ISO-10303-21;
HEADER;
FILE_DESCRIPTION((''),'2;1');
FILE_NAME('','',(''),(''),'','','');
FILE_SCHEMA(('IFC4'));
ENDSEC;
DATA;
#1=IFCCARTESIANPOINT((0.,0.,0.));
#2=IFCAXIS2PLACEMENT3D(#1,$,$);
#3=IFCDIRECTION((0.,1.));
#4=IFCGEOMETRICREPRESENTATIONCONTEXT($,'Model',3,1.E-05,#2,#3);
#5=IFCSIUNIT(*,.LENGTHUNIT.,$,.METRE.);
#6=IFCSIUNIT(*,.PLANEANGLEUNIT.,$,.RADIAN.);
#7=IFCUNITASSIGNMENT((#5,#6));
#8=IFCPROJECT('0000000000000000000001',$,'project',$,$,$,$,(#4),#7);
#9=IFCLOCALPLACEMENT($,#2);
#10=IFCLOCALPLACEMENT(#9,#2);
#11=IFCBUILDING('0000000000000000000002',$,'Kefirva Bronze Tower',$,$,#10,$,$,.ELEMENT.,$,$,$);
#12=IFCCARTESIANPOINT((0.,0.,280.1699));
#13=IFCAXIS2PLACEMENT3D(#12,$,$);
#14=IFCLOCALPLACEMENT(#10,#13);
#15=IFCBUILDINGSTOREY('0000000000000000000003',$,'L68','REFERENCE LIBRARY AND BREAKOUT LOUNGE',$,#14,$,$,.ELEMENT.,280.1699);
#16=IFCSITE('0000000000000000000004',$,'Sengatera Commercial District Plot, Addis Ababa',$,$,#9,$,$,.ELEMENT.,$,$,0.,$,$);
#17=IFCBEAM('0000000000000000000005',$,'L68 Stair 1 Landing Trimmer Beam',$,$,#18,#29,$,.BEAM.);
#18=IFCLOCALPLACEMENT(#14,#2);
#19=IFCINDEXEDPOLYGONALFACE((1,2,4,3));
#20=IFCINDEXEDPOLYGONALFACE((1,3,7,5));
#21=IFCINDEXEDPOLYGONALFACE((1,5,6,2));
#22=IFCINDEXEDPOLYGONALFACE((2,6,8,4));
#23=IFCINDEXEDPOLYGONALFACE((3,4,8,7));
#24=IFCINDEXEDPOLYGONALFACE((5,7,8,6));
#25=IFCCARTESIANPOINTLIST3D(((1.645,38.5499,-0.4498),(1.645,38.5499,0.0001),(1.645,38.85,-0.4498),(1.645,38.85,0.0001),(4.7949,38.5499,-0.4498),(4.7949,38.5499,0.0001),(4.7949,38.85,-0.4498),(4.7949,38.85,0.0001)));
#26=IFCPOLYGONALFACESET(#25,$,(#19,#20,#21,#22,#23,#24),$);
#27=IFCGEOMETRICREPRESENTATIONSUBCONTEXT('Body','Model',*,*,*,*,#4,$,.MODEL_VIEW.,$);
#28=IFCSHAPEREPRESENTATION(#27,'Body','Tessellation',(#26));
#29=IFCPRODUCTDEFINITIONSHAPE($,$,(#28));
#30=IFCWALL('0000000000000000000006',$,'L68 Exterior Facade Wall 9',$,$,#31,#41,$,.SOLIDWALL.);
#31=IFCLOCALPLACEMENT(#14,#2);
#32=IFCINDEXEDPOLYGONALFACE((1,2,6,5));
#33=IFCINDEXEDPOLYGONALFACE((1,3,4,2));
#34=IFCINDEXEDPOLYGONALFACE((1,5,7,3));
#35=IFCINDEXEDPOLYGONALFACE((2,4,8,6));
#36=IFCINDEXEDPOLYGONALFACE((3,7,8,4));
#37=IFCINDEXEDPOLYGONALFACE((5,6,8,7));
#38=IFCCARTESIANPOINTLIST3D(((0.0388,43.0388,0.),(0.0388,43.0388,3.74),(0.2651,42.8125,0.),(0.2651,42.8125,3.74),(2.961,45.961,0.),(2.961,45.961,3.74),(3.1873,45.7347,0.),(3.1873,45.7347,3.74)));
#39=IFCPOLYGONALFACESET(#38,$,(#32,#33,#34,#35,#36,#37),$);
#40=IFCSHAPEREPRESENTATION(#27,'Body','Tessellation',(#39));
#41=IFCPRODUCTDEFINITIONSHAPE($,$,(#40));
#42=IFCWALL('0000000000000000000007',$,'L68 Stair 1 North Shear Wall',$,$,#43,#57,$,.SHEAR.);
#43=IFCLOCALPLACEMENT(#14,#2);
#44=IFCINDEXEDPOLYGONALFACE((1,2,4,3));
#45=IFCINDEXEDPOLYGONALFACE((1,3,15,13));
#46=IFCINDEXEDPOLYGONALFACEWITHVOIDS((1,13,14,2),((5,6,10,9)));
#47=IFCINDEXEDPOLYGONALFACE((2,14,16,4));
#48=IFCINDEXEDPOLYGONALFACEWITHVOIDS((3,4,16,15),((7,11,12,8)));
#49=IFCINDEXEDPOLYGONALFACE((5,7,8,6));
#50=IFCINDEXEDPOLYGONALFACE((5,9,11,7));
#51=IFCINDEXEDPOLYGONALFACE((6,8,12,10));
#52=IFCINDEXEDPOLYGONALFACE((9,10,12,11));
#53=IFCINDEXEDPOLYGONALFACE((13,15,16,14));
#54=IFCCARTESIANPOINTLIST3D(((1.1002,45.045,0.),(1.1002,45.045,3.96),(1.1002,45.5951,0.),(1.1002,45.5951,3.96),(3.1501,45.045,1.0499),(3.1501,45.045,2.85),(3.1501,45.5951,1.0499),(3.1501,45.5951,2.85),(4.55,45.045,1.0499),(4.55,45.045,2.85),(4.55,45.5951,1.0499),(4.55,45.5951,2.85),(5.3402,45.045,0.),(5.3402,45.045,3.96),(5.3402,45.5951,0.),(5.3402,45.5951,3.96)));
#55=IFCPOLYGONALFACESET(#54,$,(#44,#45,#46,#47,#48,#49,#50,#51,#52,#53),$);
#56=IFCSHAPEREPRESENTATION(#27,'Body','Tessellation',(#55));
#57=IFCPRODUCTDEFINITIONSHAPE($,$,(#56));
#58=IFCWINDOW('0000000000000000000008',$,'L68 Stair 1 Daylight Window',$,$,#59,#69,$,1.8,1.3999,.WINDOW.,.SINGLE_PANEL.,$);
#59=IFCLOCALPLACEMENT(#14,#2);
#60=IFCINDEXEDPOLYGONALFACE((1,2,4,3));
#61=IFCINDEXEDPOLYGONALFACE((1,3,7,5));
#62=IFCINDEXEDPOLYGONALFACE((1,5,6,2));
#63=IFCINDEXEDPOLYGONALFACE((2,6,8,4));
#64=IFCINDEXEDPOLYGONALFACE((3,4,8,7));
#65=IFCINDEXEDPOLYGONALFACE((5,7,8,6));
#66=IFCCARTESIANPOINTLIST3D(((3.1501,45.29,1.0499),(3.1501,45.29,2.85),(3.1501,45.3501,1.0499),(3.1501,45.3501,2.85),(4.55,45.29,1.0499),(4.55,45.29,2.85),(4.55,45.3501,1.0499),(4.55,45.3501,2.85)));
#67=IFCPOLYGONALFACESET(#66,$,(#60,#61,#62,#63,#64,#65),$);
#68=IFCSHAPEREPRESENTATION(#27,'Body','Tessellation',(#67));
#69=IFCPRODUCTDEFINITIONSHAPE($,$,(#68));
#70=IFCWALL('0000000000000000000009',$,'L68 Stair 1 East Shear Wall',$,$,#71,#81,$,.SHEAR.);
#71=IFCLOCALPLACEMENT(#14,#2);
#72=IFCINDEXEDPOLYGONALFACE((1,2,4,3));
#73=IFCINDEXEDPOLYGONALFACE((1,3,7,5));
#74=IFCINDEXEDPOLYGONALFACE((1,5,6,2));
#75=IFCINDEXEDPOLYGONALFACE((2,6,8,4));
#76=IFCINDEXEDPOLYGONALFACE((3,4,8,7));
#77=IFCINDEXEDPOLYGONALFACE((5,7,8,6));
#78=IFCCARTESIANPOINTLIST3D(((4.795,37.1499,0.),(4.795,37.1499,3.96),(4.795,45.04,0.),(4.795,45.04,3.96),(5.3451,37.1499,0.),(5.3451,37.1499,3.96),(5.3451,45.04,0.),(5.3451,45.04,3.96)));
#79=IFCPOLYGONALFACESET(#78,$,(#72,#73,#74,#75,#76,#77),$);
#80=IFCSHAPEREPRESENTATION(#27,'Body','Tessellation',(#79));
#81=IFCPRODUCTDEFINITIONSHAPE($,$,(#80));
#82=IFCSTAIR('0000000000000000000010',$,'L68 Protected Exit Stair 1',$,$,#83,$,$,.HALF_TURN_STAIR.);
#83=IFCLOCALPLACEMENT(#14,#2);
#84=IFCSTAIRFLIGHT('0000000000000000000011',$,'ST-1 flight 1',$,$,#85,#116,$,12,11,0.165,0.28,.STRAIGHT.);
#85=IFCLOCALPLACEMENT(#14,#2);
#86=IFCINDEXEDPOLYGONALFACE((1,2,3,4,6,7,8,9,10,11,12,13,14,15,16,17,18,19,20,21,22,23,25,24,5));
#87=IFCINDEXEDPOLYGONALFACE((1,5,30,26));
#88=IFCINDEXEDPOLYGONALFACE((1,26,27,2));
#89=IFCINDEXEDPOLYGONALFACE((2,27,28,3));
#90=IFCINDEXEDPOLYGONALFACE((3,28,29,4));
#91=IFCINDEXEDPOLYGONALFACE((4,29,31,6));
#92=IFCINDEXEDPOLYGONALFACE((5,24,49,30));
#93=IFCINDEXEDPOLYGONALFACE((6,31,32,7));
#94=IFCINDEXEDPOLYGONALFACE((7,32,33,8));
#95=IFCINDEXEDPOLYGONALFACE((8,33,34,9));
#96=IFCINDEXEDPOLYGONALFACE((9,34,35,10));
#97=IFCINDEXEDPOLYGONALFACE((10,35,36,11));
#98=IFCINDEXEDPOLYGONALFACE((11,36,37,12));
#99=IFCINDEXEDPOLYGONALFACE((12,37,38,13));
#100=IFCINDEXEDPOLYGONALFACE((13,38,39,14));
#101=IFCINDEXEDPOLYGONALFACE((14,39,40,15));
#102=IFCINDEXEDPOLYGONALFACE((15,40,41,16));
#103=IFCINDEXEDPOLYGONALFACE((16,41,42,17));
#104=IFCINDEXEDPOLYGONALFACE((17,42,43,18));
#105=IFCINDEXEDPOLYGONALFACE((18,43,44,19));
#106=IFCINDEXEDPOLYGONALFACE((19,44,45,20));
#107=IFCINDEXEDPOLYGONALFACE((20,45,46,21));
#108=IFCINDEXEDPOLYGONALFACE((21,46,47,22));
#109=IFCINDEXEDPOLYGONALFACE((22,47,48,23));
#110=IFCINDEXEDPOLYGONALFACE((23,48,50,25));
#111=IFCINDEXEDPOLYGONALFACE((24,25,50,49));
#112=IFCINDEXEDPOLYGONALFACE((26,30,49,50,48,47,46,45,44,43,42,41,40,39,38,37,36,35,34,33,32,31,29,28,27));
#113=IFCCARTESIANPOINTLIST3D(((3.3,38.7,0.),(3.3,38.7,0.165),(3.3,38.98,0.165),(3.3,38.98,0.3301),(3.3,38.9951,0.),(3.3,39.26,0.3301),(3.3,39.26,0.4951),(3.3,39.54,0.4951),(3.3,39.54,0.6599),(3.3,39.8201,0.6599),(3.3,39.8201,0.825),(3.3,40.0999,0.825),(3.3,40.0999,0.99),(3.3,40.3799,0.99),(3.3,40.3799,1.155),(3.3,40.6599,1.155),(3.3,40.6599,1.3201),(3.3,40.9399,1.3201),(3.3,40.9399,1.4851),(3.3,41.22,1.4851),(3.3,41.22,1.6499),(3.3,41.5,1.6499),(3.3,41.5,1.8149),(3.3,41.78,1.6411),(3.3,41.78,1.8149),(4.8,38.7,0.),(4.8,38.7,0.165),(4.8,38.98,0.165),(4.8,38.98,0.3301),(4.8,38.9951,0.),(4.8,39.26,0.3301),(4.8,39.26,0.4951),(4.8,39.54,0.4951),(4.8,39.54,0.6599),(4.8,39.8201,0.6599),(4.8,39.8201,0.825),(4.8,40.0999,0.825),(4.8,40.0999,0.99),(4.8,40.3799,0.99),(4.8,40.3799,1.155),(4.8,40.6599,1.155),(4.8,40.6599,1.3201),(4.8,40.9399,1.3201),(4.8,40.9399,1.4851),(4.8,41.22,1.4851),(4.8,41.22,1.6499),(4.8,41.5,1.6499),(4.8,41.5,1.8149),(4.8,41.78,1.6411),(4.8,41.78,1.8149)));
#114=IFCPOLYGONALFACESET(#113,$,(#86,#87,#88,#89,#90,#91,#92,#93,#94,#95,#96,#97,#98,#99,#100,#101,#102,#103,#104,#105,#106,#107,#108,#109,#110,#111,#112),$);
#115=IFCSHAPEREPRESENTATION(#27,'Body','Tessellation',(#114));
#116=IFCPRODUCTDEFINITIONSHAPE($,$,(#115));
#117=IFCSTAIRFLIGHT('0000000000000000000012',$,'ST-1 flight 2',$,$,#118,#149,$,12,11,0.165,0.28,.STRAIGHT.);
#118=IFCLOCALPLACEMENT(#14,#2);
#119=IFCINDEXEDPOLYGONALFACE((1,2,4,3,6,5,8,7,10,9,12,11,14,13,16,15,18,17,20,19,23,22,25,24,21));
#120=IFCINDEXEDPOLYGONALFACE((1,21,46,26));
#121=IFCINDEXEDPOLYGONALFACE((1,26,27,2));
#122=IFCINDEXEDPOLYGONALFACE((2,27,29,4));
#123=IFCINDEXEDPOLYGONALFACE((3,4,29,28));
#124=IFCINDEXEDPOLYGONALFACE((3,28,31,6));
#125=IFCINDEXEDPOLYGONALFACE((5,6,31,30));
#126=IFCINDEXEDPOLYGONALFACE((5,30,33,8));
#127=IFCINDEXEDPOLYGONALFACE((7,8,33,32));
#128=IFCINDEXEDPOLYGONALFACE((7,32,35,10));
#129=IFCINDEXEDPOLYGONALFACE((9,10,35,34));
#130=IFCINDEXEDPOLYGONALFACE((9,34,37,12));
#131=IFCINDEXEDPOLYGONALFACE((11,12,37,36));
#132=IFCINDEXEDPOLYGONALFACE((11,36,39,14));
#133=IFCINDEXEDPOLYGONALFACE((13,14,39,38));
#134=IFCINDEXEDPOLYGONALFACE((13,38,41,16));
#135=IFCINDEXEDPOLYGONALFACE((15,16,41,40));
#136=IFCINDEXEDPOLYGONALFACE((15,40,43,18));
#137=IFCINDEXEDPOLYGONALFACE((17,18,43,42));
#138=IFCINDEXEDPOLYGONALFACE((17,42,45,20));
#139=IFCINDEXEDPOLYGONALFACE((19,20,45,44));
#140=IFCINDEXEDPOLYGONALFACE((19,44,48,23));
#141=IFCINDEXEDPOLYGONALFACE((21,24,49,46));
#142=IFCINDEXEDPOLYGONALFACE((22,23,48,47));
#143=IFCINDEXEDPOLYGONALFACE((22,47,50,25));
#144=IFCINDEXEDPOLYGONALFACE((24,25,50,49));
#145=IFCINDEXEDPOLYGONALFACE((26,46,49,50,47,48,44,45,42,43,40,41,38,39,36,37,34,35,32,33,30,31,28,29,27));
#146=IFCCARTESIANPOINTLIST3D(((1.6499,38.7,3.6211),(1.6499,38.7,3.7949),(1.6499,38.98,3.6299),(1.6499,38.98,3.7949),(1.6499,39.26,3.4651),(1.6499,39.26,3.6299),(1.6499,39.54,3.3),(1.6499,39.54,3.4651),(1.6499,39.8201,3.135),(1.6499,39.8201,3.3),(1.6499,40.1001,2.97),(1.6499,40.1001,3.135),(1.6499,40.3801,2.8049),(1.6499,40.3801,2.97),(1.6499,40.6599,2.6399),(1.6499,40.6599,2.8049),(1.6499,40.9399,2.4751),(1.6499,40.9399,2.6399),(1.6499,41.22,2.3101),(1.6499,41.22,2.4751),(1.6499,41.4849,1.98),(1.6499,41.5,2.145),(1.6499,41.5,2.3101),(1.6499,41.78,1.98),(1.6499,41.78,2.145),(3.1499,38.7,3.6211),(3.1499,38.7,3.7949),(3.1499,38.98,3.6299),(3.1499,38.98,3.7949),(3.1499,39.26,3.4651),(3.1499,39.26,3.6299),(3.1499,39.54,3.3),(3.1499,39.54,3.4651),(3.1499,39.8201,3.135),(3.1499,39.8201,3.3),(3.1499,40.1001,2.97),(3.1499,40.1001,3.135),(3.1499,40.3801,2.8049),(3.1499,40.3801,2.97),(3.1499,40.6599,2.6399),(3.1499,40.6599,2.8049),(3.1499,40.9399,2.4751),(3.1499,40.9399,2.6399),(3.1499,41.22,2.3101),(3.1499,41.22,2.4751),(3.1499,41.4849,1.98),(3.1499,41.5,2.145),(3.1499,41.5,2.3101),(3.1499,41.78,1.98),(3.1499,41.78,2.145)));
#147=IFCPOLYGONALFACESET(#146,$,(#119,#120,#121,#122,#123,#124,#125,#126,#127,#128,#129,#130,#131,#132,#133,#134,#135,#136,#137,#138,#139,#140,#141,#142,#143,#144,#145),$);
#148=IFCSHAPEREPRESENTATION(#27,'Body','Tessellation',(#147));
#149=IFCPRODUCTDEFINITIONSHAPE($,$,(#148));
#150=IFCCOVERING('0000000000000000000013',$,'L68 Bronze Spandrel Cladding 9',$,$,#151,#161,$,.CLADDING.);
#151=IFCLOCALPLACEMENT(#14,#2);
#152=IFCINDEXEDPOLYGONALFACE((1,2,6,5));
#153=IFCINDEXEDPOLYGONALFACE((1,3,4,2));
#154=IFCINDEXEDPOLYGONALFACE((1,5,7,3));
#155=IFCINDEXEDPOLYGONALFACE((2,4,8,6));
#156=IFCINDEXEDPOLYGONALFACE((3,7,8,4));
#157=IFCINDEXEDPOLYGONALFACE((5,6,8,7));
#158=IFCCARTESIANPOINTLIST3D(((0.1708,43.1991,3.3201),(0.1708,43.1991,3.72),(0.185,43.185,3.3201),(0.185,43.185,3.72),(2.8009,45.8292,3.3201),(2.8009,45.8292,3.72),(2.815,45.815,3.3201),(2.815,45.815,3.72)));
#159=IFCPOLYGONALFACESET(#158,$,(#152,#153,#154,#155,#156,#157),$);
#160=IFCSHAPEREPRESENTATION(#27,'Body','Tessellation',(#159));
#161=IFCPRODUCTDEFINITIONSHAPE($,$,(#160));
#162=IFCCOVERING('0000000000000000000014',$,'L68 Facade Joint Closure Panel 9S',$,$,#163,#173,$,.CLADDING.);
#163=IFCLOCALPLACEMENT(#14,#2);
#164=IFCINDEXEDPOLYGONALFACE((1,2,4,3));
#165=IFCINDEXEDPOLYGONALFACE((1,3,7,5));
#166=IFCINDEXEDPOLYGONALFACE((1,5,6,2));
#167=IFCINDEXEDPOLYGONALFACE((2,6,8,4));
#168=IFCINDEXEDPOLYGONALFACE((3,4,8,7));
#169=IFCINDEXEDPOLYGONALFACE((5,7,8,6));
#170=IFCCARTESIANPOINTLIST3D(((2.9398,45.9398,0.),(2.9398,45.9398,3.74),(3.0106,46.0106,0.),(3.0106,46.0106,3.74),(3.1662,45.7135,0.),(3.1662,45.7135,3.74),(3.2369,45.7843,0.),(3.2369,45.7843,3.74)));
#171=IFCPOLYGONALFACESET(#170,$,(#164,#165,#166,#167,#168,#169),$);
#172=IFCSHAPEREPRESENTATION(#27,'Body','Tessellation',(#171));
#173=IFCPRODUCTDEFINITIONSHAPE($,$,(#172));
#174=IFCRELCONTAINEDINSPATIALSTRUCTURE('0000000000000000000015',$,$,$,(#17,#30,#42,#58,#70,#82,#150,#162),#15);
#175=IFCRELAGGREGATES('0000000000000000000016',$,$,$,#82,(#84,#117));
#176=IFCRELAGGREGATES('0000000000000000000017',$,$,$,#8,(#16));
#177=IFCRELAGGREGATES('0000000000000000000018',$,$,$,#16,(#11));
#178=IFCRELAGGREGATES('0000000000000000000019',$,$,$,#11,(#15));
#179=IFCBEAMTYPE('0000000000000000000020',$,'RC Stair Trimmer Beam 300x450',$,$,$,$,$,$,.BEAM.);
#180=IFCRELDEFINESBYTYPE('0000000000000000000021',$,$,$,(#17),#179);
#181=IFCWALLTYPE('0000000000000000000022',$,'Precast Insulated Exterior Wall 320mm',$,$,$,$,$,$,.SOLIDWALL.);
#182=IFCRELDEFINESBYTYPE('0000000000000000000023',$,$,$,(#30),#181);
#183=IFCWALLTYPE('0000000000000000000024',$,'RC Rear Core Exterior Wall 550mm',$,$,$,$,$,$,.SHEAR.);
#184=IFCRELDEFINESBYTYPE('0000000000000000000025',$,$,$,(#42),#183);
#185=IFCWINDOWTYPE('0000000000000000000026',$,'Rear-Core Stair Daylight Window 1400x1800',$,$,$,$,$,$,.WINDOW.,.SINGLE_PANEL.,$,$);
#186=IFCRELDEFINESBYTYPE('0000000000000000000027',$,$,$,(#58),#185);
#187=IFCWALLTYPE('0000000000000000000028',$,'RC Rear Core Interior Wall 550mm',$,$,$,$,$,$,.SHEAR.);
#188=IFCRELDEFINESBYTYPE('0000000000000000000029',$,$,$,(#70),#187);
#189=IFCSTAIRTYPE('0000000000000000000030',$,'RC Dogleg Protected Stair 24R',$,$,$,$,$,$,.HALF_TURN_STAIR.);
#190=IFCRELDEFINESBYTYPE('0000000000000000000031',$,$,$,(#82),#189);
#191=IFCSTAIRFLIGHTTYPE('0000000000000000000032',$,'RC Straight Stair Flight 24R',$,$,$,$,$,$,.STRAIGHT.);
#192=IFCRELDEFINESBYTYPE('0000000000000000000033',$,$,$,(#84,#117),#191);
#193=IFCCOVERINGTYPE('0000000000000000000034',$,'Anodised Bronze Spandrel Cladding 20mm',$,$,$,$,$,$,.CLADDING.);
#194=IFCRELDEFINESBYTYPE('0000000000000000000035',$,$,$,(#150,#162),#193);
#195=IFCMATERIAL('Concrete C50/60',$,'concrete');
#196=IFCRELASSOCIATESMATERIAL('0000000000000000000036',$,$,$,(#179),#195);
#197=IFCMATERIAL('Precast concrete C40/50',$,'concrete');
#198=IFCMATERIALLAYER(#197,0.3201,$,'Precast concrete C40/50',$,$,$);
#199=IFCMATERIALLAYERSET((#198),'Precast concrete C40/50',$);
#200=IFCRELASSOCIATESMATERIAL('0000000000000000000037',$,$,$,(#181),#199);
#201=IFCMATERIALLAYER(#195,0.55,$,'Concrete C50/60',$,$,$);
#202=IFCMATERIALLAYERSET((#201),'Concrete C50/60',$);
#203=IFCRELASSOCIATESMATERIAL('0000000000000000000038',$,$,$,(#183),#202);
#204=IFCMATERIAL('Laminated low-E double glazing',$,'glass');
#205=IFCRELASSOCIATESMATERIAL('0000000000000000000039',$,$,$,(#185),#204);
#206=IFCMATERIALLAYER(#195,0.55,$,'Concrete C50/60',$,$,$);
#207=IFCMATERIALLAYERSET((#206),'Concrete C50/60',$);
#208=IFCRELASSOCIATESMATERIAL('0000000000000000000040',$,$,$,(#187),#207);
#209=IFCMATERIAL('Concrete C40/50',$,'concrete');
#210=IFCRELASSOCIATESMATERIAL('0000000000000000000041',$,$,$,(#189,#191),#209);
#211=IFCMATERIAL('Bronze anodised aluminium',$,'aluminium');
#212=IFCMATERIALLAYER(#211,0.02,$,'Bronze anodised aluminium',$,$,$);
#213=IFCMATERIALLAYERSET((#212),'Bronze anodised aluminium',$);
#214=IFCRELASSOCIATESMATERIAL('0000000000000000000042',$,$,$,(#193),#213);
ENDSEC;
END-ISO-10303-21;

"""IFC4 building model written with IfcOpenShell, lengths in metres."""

from ifc_helpers import new_model, si_unit, direction, frame, frame_2d, origin, origin_2d, place, context, subcontext, project, spatial, polyline, rectangle, outline, extrude, material, layer, layer_set, material_profile, profile_set, type_object, element, fill, aggregate, save


model = new_model("IFC4")

# Units and contexts
model_context = context("Model", 3, precision=1e-05, world=origin(), true_north=direction((0.0, 1.0)))
body_context = subcontext(model_context, "Body", "Model", "MODEL_VIEW")
ifc_project = project(units=[si_unit("LENGTHUNIT", "METRE"), si_unit("PLANEANGLEUNIT", "RADIAN")], contexts=[model_context])

# Site, building, storey
site_placement = place(None, origin())
site = spatial("IfcSite", under=ifc_project, at=site_placement, Name="Sengatera Commercial District Plot, Addis Ababa", CompositionType="ELEMENT", RefElevation=0.0)
building_placement = place(site_placement, origin())
building = spatial("IfcBuilding", under=site, at=building_placement, Name="Kefirva Bronze Tower", CompositionType="ELEMENT")
storey_placement = place(building_placement, frame((0.0, 0.0, 280.1699)))
storey = spatial("IfcBuildingStorey", under=building, at=storey_placement, Name="L68", Description="REFERENCE LIBRARY AND BREAKOUT LOUNGE", CompositionType="ELEMENT", Elevation=280.1699)

# Beam
ifc_material_1 = material(Name="Concrete C50/60", Category="concrete")
ifc_material_profile = material_profile(ifc_material_1, rectangle(XDim=0.3, YDim=0.45, at=origin_2d()), Name="RC 300x450")
ifc_profile_set = profile_set([ifc_material_profile], Name="Concrete C50/60")
beam_type = type_object("IfcBeamType", Name="RC Stair Trimmer Beam 300x450", PredefinedType="BEAM", material=ifc_profile_set)
beam_placement = place(storey_placement, frame((1.645, 38.7, -0.2249), z_axis=(1.0, 0.0, 0.0), x_axis=(0.0, 1.0, 0.0)))
element("IfcBeam", 1, at=beam_placement, inside=storey, type_object=beam_type, Name="L68 Stair 1 Landing Trimmer Beam", PredefinedType="BEAM", context=body_context, shape_type="SweptSolid", body=[
    extrude(rectangle(XDim=0.3, YDim=0.45, at=origin_2d()), origin(), (0.0, 0.0, 1.0), 3.1499),
])

# Wall
ifc_material_2 = material(Name="Precast concrete C40/50", Category="concrete")
ifc_layer_1 = layer(ifc_material_2, 0.3201, Name="Precast concrete C40/50")
ifc_layer_set_1 = layer_set([ifc_layer_1], Name="Precast concrete C40/50")
wall_type_1 = type_object("IfcWallType", Name="Precast Insulated Exterior Wall 320mm", PredefinedType="SOLIDWALL", material=ifc_layer_set_1)
wall_1_placement = place(storey_placement, frame((3.0742, 45.8479, 0.0), z_axis=(0.0, 0.0, 1.0), x_axis=(-0.707107, -0.707107, 0.0)))
element("IfcWall", 2, at=wall_1_placement, inside=storey, type_object=wall_type_1, Name="L68 Exterior Facade Wall 9", PredefinedType="SOLIDWALL", context=body_context, shape_type="SweptSolid", body=[
    extrude(rectangle(XDim=4.1326, YDim=0.3201, at=frame_2d((2.0664, 0.0))), origin(), (0.0, 0.0, 1.0), 3.74),
])

# Wall, opening, window
ifc_layer_2 = layer(ifc_material_1, 0.55, Name="Concrete C50/60")
ifc_layer_set_2 = layer_set([ifc_layer_2], Name="Concrete C50/60")
wall_type_2 = type_object("IfcWallType", Name="RC Rear Core Exterior Wall 550mm", PredefinedType="SHEAR", material=ifc_layer_set_2)
wall_2_placement = place(storey_placement, frame((1.1001, 45.3201, 0.0), z_axis=(0.0, 0.0, 1.0), x_axis=(1.0, 0.0, 0.0)))
wall_2 = element("IfcWall", 3, at=wall_2_placement, inside=storey, type_object=wall_type_2, Name="L68 Stair 1 North Shear Wall", PredefinedType="SHEAR", context=body_context, shape_type="SweptSolid", body=[
    extrude(rectangle(XDim=4.24, YDim=0.55, at=frame_2d((2.1201, 0.0))), origin(), (0.0, 0.0, 1.0), 3.96),
])
opening_1_placement = place(wall_2_placement, frame((2.05, 0.0, 1.05)))
opening_1 = element("IfcOpeningElement", 4, at=opening_1_placement, cuts=wall_2, PredefinedType="OPENING", context=body_context, shape_type="SweptSolid", body=[
    extrude(rectangle(XDim=1.3999, YDim=1.8, at=frame_2d((0.7, 0.8999))), frame((0.0, 0.2852, 0.0), z_axis=(0.0, -1.0, 0.0), x_axis=(1.0, 0.0, 0.0)), (0.0, 0.0, 1.0), 0.5701),
])
ifc_material_3 = material(Name="Laminated low-E double glazing", Category="glass")
window_type = type_object("IfcWindowType", Name="Rear-Core Stair Daylight Window 1400x1800", PartitioningType="SINGLE_PANEL", PredefinedType="WINDOW", material=ifc_material_3)
window_placement = place(opening_1_placement, origin())
window = element("IfcWindow", 5, at=window_placement, inside=storey, type_object=window_type, Name="L68 Stair 1 Daylight Window", OverallHeight=1.8, OverallWidth=1.3999, PartitioningType="SINGLE_PANEL", PredefinedType="WINDOW", context=body_context, shape_type="SweptSolid", body=[
    extrude(rectangle(XDim=1.3999, YDim=1.8, at=frame_2d((0.7, 0.8999))), frame((0.0, 0.03, 0.0), z_axis=(0.0, -1.0, 0.0), x_axis=(1.0, 0.0, 0.0)), (0.0, 0.0, 1.0), 0.0601),
])
fill(opening_1, window)

# Wall
ifc_layer_3 = layer(ifc_material_1, 0.55, Name="Concrete C50/60")
ifc_layer_set_3 = layer_set([ifc_layer_3], Name="Concrete C50/60")
wall_type_3 = type_object("IfcWallType", Name="RC Rear Core Interior Wall 550mm", PredefinedType="SHEAR", material=ifc_layer_set_3)
wall_3_placement = place(storey_placement, frame((5.0701, 37.1499, 0.0), z_axis=(0.0, 0.0, 1.0), x_axis=(0.0, 1.0, 0.0)))
element("IfcWall", 6, at=wall_3_placement, inside=storey, type_object=wall_type_3, Name="L68 Stair 1 East Shear Wall", PredefinedType="SHEAR", context=body_context, shape_type="SweptSolid", body=[
    extrude(rectangle(XDim=7.8901, YDim=0.55, at=frame_2d((3.9451, 0.0))), origin(), (0.0, 0.0, 1.0), 3.96),
])

# Stair, stair flights
ifc_material_4 = material(Name="Concrete C40/50", Category="concrete")
stair_type = type_object("IfcStairType", Name="RC Dogleg Protected Stair 24R", PredefinedType="HALF_TURN_STAIR", material=ifc_material_4)
stair_placement = place(storey_placement, origin())
stair = element("IfcStair", 7, at=stair_placement, inside=storey, type_object=stair_type, Name="L68 Protected Exit Stair 1", PredefinedType="HALF_TURN_STAIR")
stair_flight_type = type_object("IfcStairFlightType", Name="RC Straight Stair Flight 24R", PredefinedType="STRAIGHT", material=ifc_material_4)
stair_flight_1_placement = place(storey_placement, frame((4.05, 38.7, 0.0), z_axis=(0.0, 0.0, 1.0), x_axis=(0.0, 1.0, 0.0)))
stair_flight_1 = element("IfcStairFlight", 8, at=stair_flight_1_placement, type_object=stair_flight_type, Name="ST-1 flight 1", NumberOfRisers=12, NumberOfTreads=11, PredefinedType="STRAIGHT", RiserHeight=0.165, TreadLength=0.28, context=body_context, shape_type="SweptSolid", body=[
    extrude(outline(polyline([(0.0, 0.0), (0.0, 0.165), (0.28, 0.165), (0.28, 0.3301), (0.5601, 0.3301), (0.5601, 0.4951), (0.8401, 0.4951), (0.8401, 0.6599), (1.1201, 0.6599), (1.1201, 0.825), (1.3999, 0.825), (1.3999, 0.99), (1.6799, 0.99), (1.6799, 1.155), (1.96, 1.155), (1.96, 1.3201), (2.24, 1.3201), (2.24, 1.4851), (2.52, 1.4851), (2.52, 1.6499), (2.8, 1.6499), (2.8, 1.8149), (3.0801, 1.8149), (3.0801, 1.98), (3.0801, 1.6411), (0.2952, 0.0), (0.0, 0.0)])), frame((0.0, 0.75, 0.0), z_axis=(0.0, -1.0, 0.0), x_axis=(1.0, 0.0, 0.0)), (0.0, 0.0, 1.0), 1.5),
])
stair_flight_2_placement = place(storey_placement, frame((2.3999, 41.78, 1.98), z_axis=(0.0, 0.0, 1.0), x_axis=(0.0, -1.0, 0.0)))
stair_flight_2 = element("IfcStairFlight", 9, at=stair_flight_2_placement, type_object=stair_flight_type, Name="ST-1 flight 2", NumberOfRisers=12, NumberOfTreads=11, PredefinedType="STRAIGHT", RiserHeight=0.165, TreadLength=0.28, context=body_context, shape_type="SweptSolid", body=[
    extrude(outline(polyline([(0.0, 0.0), (0.0, 0.165), (0.28, 0.165), (0.28, 0.3301), (0.5601, 0.3301), (0.5601, 0.4951), (0.8401, 0.4951), (0.8401, 0.6599), (1.1201, 0.6599), (1.1201, 0.825), (1.3999, 0.825), (1.3999, 0.99), (1.6799, 0.99), (1.6799, 1.155), (1.96, 1.155), (1.96, 1.3201), (2.24, 1.3201), (2.24, 1.4851), (2.52, 1.4851), (2.52, 1.6499), (2.8, 1.6499), (2.8, 1.8149), (3.0801, 1.8149), (3.0801, 1.98), (3.0801, 1.6411), (0.2952, 0.0), (0.0, 0.0)])), frame((0.0, 0.75, 0.0), z_axis=(0.0, -1.0, 0.0), x_axis=(1.0, 0.0, 0.0)), (0.0, 0.0, 1.0), 1.5),
])
aggregate(stair, [stair_flight_1, stair_flight_2])

# Coverings
ifc_material_5 = material(Name="Bronze anodised aluminium", Category="aluminium")
ifc_layer_4 = layer(ifc_material_5, 0.02, Name="Bronze anodised aluminium")
ifc_layer_set_4 = layer_set([ifc_layer_4], Name="Bronze anodised aluminium")
covering_type_1 = type_object("IfcCoveringType", Name="Anodised Bronze Spandrel Cladding 20mm", PredefinedType="CLADDING", material=ifc_layer_set_4)
covering_1_placement = place(storey_placement, frame((1.4929, 44.5071, 3.3201), z_axis=(0.0, 0.0, 1.0), x_axis=(-0.707107, -0.707107, 0.0)))
element("IfcCovering", 10, at=covering_1_placement, inside=storey, type_object=covering_type_1, Name="L68 Bronze Spandrel Cladding 9", PredefinedType="CLADDING", context=body_context, shape_type="SweptSolid", body=[
    extrude(rectangle(XDim=3.7195, YDim=0.02, at=origin_2d()), origin(), (0.0, 0.0, 1.0), 0.3999),
])
for number, where, z_axis, x_axis, name in (
    (11, (3.0884, 45.8621, 0.0), (0.0, 0.0, 1.0), (-0.707107, -0.707107, 0.0), "L68 Facade Joint Closure Panel 9S"),
):
    element("IfcCovering", number, at=place(storey_placement, frame(where, z_axis=z_axis, x_axis=x_axis)), inside=storey, type_object=covering_type_1, Name=name, PredefinedType="CLADDING", context=body_context, shape_type="SweptSolid", body=[
        extrude(rectangle(XDim=0.1001, YDim=0.3201, at=origin_2d()), origin(), (0.0, 0.0, 1.0), 3.74),
    ])

save(model, "model.ifc")
